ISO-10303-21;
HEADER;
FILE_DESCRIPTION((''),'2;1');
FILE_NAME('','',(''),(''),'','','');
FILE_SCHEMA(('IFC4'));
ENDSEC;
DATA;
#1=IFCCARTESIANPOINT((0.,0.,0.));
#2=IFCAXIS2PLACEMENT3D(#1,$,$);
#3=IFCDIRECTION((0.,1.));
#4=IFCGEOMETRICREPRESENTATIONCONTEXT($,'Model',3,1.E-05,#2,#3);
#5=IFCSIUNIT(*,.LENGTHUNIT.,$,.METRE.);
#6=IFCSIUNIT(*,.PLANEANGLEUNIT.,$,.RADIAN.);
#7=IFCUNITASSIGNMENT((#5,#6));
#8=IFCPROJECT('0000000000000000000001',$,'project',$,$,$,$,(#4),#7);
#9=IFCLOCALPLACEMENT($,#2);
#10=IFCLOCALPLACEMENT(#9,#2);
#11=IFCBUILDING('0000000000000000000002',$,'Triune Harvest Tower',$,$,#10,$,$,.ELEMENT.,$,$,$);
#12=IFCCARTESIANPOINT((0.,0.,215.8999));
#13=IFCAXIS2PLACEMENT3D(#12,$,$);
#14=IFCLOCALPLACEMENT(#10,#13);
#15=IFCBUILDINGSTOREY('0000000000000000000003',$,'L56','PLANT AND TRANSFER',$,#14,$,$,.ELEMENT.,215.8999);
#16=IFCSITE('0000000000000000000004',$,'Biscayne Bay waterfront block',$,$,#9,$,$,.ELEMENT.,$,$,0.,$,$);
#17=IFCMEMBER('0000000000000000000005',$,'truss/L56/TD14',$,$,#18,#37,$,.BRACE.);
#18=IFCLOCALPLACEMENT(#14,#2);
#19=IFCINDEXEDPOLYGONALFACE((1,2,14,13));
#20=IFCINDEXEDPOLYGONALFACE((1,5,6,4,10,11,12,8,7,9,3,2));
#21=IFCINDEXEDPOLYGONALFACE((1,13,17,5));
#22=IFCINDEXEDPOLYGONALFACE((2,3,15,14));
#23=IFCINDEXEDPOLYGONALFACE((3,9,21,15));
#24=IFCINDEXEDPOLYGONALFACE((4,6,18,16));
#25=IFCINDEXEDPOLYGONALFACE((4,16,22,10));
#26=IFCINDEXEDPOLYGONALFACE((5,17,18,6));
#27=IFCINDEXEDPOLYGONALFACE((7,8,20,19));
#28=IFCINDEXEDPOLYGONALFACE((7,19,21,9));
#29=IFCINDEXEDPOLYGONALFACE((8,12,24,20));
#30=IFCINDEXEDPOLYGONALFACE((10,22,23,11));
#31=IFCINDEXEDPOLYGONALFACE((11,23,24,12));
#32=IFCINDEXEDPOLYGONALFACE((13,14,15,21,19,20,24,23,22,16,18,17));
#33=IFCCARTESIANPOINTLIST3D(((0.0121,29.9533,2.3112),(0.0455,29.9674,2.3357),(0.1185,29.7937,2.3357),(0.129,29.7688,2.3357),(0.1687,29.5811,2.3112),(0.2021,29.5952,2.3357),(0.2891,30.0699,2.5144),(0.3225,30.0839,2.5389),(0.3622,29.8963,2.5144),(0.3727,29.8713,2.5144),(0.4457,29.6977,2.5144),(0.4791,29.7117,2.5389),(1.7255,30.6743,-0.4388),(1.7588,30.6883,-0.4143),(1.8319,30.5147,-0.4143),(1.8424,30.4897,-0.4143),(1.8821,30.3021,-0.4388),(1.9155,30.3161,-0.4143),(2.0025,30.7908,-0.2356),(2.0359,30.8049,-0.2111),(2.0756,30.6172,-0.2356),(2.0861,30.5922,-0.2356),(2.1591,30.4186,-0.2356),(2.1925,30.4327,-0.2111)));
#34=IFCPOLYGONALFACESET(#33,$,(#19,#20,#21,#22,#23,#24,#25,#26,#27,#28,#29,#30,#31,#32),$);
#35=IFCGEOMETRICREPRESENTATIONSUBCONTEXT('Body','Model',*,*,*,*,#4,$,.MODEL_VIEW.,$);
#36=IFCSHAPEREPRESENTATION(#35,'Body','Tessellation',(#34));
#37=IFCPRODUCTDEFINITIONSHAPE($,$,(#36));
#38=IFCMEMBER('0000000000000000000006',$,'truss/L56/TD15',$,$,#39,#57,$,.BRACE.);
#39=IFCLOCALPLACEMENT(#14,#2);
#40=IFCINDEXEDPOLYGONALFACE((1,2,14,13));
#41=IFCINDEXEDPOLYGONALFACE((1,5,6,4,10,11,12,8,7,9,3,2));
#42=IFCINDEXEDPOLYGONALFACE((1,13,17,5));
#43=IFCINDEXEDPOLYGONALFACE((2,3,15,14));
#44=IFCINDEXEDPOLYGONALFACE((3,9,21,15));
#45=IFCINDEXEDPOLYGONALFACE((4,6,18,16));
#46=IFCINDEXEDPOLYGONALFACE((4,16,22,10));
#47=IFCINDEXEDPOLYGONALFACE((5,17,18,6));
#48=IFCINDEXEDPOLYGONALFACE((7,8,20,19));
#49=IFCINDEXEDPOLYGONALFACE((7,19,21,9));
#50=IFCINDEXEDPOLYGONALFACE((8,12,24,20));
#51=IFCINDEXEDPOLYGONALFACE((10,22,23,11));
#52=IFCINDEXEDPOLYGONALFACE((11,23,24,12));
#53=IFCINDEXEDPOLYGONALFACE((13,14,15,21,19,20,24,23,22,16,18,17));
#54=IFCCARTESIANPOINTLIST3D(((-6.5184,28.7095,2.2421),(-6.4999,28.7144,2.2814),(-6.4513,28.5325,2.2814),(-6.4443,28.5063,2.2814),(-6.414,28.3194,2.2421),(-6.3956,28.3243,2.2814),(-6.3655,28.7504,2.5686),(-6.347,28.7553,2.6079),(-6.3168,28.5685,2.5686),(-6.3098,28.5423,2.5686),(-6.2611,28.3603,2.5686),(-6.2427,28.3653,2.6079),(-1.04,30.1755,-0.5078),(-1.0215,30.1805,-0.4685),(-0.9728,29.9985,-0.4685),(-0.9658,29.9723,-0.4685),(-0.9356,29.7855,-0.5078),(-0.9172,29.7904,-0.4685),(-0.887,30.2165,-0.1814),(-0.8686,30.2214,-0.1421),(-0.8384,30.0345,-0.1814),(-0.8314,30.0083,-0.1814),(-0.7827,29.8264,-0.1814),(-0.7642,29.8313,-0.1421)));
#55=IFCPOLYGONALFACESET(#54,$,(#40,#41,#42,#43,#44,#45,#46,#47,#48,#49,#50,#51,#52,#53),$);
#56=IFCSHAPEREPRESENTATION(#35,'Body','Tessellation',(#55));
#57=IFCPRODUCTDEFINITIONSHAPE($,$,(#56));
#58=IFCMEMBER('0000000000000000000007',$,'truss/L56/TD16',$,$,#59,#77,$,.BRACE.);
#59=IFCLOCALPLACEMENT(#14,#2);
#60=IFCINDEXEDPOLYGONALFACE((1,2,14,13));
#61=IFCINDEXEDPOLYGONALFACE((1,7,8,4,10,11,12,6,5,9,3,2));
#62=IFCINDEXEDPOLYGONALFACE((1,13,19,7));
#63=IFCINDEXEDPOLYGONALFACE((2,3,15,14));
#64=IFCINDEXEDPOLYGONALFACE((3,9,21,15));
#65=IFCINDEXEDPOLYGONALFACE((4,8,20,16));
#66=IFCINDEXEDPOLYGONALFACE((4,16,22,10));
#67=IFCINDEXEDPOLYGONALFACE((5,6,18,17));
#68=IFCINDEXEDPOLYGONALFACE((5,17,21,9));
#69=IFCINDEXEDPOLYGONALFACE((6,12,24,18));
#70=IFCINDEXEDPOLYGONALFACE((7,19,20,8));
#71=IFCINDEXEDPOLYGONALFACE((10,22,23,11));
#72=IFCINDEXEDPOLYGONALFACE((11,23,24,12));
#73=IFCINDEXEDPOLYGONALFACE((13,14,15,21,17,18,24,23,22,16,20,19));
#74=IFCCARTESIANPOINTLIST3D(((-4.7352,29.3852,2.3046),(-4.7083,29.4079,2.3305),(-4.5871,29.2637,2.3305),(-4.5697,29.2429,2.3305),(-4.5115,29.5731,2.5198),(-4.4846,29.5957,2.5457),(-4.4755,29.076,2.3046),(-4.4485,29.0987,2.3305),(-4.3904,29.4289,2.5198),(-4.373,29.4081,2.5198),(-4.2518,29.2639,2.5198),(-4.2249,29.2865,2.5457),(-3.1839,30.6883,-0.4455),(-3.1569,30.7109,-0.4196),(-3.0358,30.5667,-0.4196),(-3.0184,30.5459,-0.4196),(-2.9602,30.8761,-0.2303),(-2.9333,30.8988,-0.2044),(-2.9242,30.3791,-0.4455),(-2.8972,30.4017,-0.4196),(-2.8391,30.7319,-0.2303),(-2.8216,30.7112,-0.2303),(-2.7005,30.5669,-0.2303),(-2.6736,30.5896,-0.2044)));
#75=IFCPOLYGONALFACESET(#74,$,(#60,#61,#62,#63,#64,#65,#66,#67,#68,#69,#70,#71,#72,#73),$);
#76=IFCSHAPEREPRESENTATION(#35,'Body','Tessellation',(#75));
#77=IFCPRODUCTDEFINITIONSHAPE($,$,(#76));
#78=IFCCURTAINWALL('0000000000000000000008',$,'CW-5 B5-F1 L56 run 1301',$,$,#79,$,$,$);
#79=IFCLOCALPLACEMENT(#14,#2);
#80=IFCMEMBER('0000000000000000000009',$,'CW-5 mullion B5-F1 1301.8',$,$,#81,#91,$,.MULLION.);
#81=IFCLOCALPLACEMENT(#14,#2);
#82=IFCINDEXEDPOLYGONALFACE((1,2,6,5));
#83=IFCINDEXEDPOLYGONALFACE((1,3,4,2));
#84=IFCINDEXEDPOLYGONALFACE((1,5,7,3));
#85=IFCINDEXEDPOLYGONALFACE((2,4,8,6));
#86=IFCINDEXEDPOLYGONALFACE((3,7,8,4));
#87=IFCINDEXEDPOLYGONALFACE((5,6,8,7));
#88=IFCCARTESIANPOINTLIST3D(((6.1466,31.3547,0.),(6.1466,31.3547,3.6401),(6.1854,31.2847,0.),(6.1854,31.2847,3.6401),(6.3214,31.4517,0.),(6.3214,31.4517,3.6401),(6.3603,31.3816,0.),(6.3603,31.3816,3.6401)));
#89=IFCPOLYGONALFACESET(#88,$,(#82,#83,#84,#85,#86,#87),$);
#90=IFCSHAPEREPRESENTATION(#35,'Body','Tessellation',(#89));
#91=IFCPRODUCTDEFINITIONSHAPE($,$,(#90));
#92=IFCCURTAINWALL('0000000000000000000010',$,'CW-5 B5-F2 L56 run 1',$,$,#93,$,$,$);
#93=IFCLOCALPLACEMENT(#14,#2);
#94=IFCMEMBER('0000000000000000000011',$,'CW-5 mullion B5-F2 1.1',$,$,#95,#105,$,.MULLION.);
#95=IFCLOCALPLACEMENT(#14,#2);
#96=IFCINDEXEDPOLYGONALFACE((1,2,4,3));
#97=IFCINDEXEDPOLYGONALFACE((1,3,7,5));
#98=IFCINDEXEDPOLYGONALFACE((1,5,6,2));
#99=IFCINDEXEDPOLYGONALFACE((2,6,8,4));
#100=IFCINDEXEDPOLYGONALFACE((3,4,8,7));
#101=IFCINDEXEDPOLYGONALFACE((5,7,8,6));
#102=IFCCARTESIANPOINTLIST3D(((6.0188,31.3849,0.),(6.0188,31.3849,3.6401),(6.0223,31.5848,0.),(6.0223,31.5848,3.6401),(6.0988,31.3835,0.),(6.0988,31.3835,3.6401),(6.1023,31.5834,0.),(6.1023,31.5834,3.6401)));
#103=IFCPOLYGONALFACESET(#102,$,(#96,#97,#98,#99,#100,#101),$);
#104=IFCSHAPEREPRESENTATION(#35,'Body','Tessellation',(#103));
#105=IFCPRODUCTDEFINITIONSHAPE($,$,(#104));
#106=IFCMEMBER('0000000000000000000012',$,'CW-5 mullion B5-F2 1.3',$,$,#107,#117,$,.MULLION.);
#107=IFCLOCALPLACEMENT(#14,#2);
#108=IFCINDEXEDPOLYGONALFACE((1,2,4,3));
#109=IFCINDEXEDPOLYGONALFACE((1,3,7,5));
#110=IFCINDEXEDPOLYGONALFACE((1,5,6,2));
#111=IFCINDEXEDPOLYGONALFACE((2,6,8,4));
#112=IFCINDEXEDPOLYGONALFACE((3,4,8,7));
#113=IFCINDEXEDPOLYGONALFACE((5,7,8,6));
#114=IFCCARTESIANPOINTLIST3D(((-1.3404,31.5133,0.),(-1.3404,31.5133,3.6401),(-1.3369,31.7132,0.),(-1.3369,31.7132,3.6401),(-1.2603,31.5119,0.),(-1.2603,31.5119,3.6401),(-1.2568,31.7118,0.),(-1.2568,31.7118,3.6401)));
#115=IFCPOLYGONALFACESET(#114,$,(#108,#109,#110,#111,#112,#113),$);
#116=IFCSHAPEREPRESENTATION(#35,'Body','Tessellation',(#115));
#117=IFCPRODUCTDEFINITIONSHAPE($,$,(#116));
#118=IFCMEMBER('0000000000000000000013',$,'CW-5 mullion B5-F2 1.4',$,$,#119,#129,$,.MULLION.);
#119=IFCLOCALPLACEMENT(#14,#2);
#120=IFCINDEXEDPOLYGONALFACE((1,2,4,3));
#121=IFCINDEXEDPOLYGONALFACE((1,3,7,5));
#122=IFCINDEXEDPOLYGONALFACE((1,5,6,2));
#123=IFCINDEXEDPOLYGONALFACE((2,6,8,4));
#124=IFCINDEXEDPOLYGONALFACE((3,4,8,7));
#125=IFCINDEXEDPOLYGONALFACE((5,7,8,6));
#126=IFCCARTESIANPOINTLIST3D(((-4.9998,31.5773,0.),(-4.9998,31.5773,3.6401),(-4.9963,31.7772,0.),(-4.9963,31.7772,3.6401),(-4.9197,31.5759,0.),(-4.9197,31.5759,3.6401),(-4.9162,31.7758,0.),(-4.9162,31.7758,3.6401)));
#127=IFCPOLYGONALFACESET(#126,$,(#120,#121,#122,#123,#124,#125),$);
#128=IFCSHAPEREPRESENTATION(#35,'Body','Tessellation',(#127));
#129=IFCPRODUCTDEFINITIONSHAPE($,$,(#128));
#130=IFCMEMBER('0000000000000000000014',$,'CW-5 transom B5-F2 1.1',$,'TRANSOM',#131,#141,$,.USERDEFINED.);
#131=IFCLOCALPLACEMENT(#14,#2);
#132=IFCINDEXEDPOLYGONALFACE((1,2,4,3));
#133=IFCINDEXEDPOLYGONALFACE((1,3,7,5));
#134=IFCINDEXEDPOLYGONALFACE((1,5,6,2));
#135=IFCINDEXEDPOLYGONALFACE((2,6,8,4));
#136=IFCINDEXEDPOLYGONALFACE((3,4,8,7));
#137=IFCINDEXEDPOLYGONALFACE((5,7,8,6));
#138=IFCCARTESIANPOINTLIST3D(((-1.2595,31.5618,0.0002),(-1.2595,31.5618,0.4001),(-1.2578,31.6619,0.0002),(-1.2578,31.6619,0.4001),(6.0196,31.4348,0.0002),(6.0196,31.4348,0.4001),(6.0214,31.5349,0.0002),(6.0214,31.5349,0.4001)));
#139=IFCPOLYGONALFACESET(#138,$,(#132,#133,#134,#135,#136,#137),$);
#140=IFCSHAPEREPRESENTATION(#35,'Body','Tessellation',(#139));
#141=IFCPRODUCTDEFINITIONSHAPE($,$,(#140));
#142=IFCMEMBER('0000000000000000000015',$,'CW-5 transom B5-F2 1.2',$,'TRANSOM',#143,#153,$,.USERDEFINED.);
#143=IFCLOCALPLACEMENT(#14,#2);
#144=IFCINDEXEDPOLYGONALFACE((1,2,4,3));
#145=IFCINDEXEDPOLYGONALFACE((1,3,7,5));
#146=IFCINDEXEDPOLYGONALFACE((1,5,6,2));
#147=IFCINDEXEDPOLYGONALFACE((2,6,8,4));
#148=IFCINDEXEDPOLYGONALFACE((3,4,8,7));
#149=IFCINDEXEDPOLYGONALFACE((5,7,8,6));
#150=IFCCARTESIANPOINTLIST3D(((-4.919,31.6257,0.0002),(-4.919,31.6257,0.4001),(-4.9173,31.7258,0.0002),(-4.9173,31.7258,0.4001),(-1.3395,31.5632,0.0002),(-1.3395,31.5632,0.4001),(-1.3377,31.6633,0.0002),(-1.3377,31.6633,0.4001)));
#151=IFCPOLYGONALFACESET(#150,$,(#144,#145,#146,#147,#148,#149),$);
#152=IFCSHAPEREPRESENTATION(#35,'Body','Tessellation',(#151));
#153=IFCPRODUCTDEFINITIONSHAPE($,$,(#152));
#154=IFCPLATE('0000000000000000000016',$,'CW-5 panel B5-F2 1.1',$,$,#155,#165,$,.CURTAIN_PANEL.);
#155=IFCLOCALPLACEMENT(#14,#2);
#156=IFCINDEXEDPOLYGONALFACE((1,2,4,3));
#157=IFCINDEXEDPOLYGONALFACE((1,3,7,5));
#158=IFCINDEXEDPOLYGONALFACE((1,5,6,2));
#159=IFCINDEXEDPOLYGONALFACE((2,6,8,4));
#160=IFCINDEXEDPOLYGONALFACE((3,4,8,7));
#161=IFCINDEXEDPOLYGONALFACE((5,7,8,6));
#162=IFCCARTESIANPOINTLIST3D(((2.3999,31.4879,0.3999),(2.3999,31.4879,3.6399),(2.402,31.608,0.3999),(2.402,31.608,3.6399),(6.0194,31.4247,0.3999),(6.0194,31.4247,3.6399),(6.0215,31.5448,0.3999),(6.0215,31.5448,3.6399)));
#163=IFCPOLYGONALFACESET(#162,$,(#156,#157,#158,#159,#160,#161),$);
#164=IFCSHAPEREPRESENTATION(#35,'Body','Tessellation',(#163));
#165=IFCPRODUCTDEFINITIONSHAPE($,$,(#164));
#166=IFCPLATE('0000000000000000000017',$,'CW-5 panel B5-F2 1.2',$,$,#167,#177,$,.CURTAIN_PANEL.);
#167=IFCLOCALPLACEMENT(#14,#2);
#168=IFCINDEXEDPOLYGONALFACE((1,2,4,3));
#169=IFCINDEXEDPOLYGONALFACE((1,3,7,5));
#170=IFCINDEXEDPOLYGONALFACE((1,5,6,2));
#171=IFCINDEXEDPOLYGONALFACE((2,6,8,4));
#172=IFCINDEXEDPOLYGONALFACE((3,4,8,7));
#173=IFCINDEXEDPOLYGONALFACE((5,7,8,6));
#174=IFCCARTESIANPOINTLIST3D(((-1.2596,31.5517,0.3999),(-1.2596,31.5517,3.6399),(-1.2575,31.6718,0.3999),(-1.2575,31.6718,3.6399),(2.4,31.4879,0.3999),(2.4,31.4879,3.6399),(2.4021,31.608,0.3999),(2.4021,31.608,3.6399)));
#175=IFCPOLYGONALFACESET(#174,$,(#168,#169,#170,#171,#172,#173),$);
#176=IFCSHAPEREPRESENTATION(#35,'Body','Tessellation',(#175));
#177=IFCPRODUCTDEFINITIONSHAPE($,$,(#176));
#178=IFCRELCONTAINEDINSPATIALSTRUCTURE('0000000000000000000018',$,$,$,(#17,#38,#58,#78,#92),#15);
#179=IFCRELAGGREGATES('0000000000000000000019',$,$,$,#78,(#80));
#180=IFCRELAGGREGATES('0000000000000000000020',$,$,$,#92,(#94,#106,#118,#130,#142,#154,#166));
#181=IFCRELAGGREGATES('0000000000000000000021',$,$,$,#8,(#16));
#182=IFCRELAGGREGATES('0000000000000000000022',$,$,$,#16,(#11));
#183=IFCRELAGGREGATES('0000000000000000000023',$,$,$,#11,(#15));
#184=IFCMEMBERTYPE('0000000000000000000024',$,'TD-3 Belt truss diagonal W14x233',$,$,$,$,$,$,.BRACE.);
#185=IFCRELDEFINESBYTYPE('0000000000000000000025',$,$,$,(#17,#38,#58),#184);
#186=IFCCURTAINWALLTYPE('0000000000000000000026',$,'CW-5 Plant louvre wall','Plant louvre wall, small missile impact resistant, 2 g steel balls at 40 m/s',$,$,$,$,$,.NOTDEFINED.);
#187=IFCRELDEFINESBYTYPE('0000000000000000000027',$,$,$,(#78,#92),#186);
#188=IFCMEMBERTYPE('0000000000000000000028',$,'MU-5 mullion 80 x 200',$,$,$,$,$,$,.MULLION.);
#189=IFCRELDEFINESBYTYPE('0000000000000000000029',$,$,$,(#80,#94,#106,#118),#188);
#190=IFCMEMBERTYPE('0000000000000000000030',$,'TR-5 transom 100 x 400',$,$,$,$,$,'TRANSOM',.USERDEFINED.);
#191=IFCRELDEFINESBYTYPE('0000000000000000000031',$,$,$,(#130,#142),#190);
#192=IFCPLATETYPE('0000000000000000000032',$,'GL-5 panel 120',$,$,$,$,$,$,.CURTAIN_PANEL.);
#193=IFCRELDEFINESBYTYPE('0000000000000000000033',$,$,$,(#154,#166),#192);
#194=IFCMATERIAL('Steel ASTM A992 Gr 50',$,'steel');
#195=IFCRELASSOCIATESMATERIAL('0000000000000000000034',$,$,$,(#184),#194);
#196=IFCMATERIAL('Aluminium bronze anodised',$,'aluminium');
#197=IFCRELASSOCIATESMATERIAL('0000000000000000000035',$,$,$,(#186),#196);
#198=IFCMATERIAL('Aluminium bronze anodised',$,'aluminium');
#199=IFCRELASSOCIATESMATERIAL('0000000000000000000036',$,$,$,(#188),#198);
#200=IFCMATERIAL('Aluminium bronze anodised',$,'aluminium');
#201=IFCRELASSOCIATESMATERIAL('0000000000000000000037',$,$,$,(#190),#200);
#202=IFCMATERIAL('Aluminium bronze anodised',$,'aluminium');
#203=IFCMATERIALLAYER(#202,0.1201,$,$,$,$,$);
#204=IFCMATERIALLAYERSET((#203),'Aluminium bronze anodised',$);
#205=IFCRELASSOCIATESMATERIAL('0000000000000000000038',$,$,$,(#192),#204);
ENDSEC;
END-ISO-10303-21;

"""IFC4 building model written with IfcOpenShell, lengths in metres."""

from ifc_helpers import new_model, si_unit, direction, frame, origin, origin_2d, place, context, subcontext, project, spatial, rectangle, i_section, extrude, source, transform, mapped, material, layer, layer_set, material_profile, profile_set, type_object, element, aggregate, save


model = new_model("IFC4")

# Units and contexts
model_context = context("Model", 3, precision=1e-05, world=origin(), true_north=direction((0.0, 1.0)))
body_context = subcontext(model_context, "Body", "Model", "MODEL_VIEW")
ifc_project = project(units=[si_unit("LENGTHUNIT", "METRE"), si_unit("PLANEANGLEUNIT", "RADIAN")], contexts=[model_context])

# Site, building, storey
site_placement = place(None, origin())
site = spatial("IfcSite", under=ifc_project, at=site_placement, Name="Biscayne Bay waterfront block", CompositionType="ELEMENT", RefElevation=0.0)
building_placement = place(site_placement, origin())
building = spatial("IfcBuilding", under=site, at=building_placement, Name="Triune Harvest Tower", CompositionType="ELEMENT")
storey_placement = place(building_placement, frame((0.0, 0.0, 215.8999)))
storey = spatial("IfcBuildingStorey", under=building, at=storey_placement, Name="L56", Description="PLANT AND TRANSFER", CompositionType="ELEMENT", Elevation=215.8999)

# Members
ifc_material_1 = material(Name="Steel ASTM A992 Gr 50", Category="steel")
ifc_material_profile_1 = material_profile(ifc_material_1, i_section(OverallWidth=0.4038, OverallDepth=0.4065, WebThickness=0.0271, FlangeThickness=0.0437, at=origin_2d()), Name="W14x233")
ifc_profile_set_1 = profile_set([ifc_material_profile_1], Name="Steel ASTM A992 Gr 50")
member_type_1 = type_object("IfcMemberType", Name="TD-3 Belt truss diagonal W14x233", PredefinedType="BRACE", material=ifc_profile_set_1)
shared_shape_1 = source(origin(), body_context, "Body", "SweptSolid", [
    extrude(i_section(OverallWidth=0.4038, OverallDepth=0.4065, WebThickness=0.0271, FlangeThickness=0.0437, at=origin_2d()), origin(), (0.0, 0.0, 1.0), 3.3193),
])
member_1_placement = place(storey_placement, frame((1.959, 30.5535, -0.325), z_axis=(-0.516183, -0.217197, 0.828481), x_axis=(0.38784, -0.921727, 0.0)))
element("IfcMember", 1, at=member_1_placement, inside=storey, type_object=member_type_1, Name="truss/L56/TD14", PredefinedType="BRACE", context=body_context, shape_type="MappedRepresentation", body=[
    mapped(shared_shape_1, transform((0.0, 0.0, 0.0), scale=1.0)),
])
shared_shape_2 = source(origin(), body_context, "Body", "SweptSolid", [
    extrude(i_section(OverallWidth=0.4038, OverallDepth=0.4065, WebThickness=0.0271, FlangeThickness=0.0437, at=origin_2d()), origin(), (0.0, 0.0, 1.0), 6.3027),
])
member_2_placement = place(storey_placement, frame((-0.9021, 30.0034, -0.325), z_axis=(-0.869212, -0.232603, 0.43631), x_axis=(0.258507, -0.96601, 0.0)))
element("IfcMember", 2, at=member_2_placement, inside=storey, type_object=member_type_1, Name="truss/L56/TD15", PredefinedType="BRACE", context=body_context, shape_type="MappedRepresentation", body=[
    mapped(shared_shape_2, transform((0.0, 0.0, 0.0), scale=1.0)),
])
shared_shape_3 = source(origin(), body_context, "Body", "SweptSolid", [
    extrude(i_section(OverallWidth=0.4038, OverallDepth=0.4065, WebThickness=0.0271, FlangeThickness=0.0437, at=origin_2d()), origin(), (0.0, 0.0, 1.0), 3.4158),
])
member_3_placement = place(storey_placement, frame((-2.9287, 30.6389, -0.325), z_axis=(-0.454165, -0.381473, 0.805117), x_axis=(0.643167, -0.765726, 0.0)))
element("IfcMember", 3, at=member_3_placement, inside=storey, type_object=member_type_1, Name="truss/L56/TD16", PredefinedType="BRACE", context=body_context, shape_type="MappedRepresentation", body=[
    mapped(shared_shape_3, transform((0.0, 0.0, 0.0), scale=1.0)),
])

# Curtain wall, member
ifc_material_2 = material(Name="Aluminium bronze anodised", Category="aluminium")
curtain_wall_type = type_object("IfcCurtainWallType", Name="CW-5 Plant louvre wall", Description="Plant louvre wall, small missile impact resistant, 2 g steel balls at 40 m/s", PredefinedType="NOTDEFINED", material=ifc_material_2)
curtain_wall_1_placement = place(storey_placement, origin())
curtain_wall_1 = element("IfcCurtainWall", 4, at=curtain_wall_1_placement, inside=storey, type_object=curtain_wall_type, Name="CW-5 B5-F1 L56 run 1301")
ifc_material_3 = material(Name="Aluminium bronze anodised", Category="aluminium")
ifc_material_profile_2 = material_profile(ifc_material_3, rectangle(XDim=0.2, YDim=0.0801, at=origin_2d()), Name="MU-5 mullion 80 x 200")
ifc_profile_set_2 = profile_set([ifc_material_profile_2], Name="Aluminium bronze anodised")
member_type_2 = type_object("IfcMemberType", Name="MU-5 mullion 80 x 200", PredefinedType="MULLION", material=ifc_profile_set_2)
shared_shape_4 = source(origin(), body_context, "Body", "SweptSolid", [
    extrude(rectangle(XDim=0.2, YDim=0.0801, at=origin_2d()), origin(), (0.0, 0.0, 1.0), 3.6401),
])
member_4_placement = place(storey_placement, frame((6.2534, 31.3682, 0.0), z_axis=(0.0, 0.0, 1.0), x_axis=(-0.874621, -0.484808, 0.0)))
member_4 = element("IfcMember", 5, at=member_4_placement, type_object=member_type_2, Name="CW-5 mullion B5-F1 1301.8", PredefinedType="MULLION", context=body_context, shape_type="MappedRepresentation", body=[
    mapped(shared_shape_4, transform((0.0, 0.0, 0.0), scale=1.0)),
])
aggregate(curtain_wall_1, [member_4])

# Curtain wall, members, plates
curtain_wall_2_placement = place(storey_placement, origin())
curtain_wall_2 = element("IfcCurtainWall", 6, at=curtain_wall_2_placement, inside=storey, type_object=curtain_wall_type, Name="CW-5 B5-F2 L56 run 1")
member_5_placement = place(storey_placement, frame((6.0605, 31.4841, 0.0), z_axis=(0.0, 0.0, 1.0), x_axis=(-0.017446, -0.999848, 0.0)))
member_5 = element("IfcMember", 7, at=member_5_placement, type_object=member_type_2, Name="CW-5 mullion B5-F2 1.1", PredefinedType="MULLION", context=body_context, shape_type="MappedRepresentation", body=[
    mapped(shared_shape_4, transform((0.0, 0.0, 0.0), scale=1.0)),
])
member_6_placement = place(storey_placement, frame((-1.2986, 31.6125, 0.0), z_axis=(0.0, 0.0, 1.0), x_axis=(-0.017446, -0.999848, 0.0)))
member_6 = element("IfcMember", 8, at=member_6_placement, type_object=member_type_2, Name="CW-5 mullion B5-F2 1.3", PredefinedType="MULLION", context=body_context, shape_type="MappedRepresentation", body=[
    mapped(shared_shape_4, transform((0.0, 0.0, 0.0), scale=1.0)),
])
member_7_placement = place(storey_placement, frame((-4.958, 31.6765, 0.0), z_axis=(0.0, 0.0, 1.0), x_axis=(-0.017446, -0.999848, 0.0)))
member_7 = element("IfcMember", 9, at=member_7_placement, type_object=member_type_2, Name="CW-5 mullion B5-F2 1.4", PredefinedType="MULLION", context=body_context, shape_type="MappedRepresentation", body=[
    mapped(shared_shape_4, transform((0.0, 0.0, 0.0), scale=1.0)),
])
ifc_material_4 = material(Name="Aluminium bronze anodised", Category="aluminium")
ifc_material_profile_3 = material_profile(ifc_material_4, rectangle(XDim=0.1001, YDim=0.3999, at=origin_2d()), Name="TR-5 transom 100 x 400")
ifc_profile_set_3 = profile_set([ifc_material_profile_3], Name="Aluminium bronze anodised")
member_type_3 = type_object("IfcMemberType", Name="TR-5 transom 100 x 400", ElementType="TRANSOM", PredefinedType="USERDEFINED", material=ifc_profile_set_3)
shared_shape_5 = source(origin(), body_context, "Body", "SweptSolid", [
    extrude(rectangle(XDim=0.1001, YDim=0.3999, at=origin_2d()), origin(), (0.0, 0.0, 1.0), 7.2803),
])
member_8_placement = place(storey_placement, frame((6.0205, 31.4849, 0.2002), z_axis=(-0.999848, 0.017438, 0.0), x_axis=(-0.017438, -0.999848, 0.0)))
member_8 = element("IfcMember", 10, at=member_8_placement, type_object=member_type_3, Name="CW-5 transom B5-F2 1.1", ObjectType="TRANSOM", PredefinedType="USERDEFINED", context=body_context, shape_type="MappedRepresentation", body=[
    mapped(shared_shape_5, transform((0.0, 0.0, 0.0), scale=1.0)),
])
shared_shape_6 = source(origin(), body_context, "Body", "SweptSolid", [
    extrude(rectangle(XDim=0.1001, YDim=0.3999, at=origin_2d()), origin(), (0.0, 0.0, 1.0), 3.5801),
])
member_9_placement = place(storey_placement, frame((-1.3386, 31.6133, 0.2002), z_axis=(-0.999848, 0.017457, 0.0), x_axis=(-0.017457, -0.999848, 0.0)))
member_9 = element("IfcMember", 11, at=member_9_placement, type_object=member_type_3, Name="CW-5 transom B5-F2 1.2", ObjectType="TRANSOM", PredefinedType="USERDEFINED", context=body_context, shape_type="MappedRepresentation", body=[
    mapped(shared_shape_6, transform((0.0, 0.0, 0.0), scale=1.0)),
])
ifc_material_5 = material(Name="Aluminium bronze anodised", Category="aluminium")
ifc_layer = layer(ifc_material_5, 0.1201)
ifc_layer_set = layer_set([ifc_layer], Name="Aluminium bronze anodised")
plate_type = type_object("IfcPlateType", Name="GL-5 panel 120", PredefinedType="CURTAIN_PANEL", material=ifc_layer_set)
shared_shape_7 = source(origin(), body_context, "Body", "SweptSolid", [
    extrude(rectangle(XDim=3.6201, YDim=0.1201, at=origin_2d()), origin(), (0.0, 0.0, 1.0), 3.24),
])
plate_1_placement = place(storey_placement, frame((4.2107, 31.5164, 0.3999), z_axis=(0.0, 0.0, 1.0), x_axis=(-0.999848, 0.017446, 0.0)))
plate_1 = element("IfcPlate", 12, at=plate_1_placement, type_object=plate_type, Name="CW-5 panel B5-F2 1.1", PredefinedType="CURTAIN_PANEL", context=body_context, shape_type="MappedRepresentation", body=[
    mapped(shared_shape_7, transform((0.0, 0.0, 0.0), scale=1.0)),
])
shared_shape_8 = source(origin(), body_context, "Body", "SweptSolid", [
    extrude(rectangle(XDim=3.6602, YDim=0.1201, at=origin_2d()), origin(), (0.0, 0.0, 1.0), 3.24),
])
plate_2_placement = place(storey_placement, frame((0.5713, 31.5798, 0.3999), z_axis=(0.0, 0.0, 1.0), x_axis=(-0.999848, 0.017446, 0.0)))
plate_2 = element("IfcPlate", 13, at=plate_2_placement, type_object=plate_type, Name="CW-5 panel B5-F2 1.2", PredefinedType="CURTAIN_PANEL", context=body_context, shape_type="MappedRepresentation", body=[
    mapped(shared_shape_8, transform((0.0, 0.0, 0.0), scale=1.0)),
])
aggregate(curtain_wall_2, [member_5, member_6, member_7, member_8, member_9, plate_1, plate_2])

save(model, "model.ifc")
